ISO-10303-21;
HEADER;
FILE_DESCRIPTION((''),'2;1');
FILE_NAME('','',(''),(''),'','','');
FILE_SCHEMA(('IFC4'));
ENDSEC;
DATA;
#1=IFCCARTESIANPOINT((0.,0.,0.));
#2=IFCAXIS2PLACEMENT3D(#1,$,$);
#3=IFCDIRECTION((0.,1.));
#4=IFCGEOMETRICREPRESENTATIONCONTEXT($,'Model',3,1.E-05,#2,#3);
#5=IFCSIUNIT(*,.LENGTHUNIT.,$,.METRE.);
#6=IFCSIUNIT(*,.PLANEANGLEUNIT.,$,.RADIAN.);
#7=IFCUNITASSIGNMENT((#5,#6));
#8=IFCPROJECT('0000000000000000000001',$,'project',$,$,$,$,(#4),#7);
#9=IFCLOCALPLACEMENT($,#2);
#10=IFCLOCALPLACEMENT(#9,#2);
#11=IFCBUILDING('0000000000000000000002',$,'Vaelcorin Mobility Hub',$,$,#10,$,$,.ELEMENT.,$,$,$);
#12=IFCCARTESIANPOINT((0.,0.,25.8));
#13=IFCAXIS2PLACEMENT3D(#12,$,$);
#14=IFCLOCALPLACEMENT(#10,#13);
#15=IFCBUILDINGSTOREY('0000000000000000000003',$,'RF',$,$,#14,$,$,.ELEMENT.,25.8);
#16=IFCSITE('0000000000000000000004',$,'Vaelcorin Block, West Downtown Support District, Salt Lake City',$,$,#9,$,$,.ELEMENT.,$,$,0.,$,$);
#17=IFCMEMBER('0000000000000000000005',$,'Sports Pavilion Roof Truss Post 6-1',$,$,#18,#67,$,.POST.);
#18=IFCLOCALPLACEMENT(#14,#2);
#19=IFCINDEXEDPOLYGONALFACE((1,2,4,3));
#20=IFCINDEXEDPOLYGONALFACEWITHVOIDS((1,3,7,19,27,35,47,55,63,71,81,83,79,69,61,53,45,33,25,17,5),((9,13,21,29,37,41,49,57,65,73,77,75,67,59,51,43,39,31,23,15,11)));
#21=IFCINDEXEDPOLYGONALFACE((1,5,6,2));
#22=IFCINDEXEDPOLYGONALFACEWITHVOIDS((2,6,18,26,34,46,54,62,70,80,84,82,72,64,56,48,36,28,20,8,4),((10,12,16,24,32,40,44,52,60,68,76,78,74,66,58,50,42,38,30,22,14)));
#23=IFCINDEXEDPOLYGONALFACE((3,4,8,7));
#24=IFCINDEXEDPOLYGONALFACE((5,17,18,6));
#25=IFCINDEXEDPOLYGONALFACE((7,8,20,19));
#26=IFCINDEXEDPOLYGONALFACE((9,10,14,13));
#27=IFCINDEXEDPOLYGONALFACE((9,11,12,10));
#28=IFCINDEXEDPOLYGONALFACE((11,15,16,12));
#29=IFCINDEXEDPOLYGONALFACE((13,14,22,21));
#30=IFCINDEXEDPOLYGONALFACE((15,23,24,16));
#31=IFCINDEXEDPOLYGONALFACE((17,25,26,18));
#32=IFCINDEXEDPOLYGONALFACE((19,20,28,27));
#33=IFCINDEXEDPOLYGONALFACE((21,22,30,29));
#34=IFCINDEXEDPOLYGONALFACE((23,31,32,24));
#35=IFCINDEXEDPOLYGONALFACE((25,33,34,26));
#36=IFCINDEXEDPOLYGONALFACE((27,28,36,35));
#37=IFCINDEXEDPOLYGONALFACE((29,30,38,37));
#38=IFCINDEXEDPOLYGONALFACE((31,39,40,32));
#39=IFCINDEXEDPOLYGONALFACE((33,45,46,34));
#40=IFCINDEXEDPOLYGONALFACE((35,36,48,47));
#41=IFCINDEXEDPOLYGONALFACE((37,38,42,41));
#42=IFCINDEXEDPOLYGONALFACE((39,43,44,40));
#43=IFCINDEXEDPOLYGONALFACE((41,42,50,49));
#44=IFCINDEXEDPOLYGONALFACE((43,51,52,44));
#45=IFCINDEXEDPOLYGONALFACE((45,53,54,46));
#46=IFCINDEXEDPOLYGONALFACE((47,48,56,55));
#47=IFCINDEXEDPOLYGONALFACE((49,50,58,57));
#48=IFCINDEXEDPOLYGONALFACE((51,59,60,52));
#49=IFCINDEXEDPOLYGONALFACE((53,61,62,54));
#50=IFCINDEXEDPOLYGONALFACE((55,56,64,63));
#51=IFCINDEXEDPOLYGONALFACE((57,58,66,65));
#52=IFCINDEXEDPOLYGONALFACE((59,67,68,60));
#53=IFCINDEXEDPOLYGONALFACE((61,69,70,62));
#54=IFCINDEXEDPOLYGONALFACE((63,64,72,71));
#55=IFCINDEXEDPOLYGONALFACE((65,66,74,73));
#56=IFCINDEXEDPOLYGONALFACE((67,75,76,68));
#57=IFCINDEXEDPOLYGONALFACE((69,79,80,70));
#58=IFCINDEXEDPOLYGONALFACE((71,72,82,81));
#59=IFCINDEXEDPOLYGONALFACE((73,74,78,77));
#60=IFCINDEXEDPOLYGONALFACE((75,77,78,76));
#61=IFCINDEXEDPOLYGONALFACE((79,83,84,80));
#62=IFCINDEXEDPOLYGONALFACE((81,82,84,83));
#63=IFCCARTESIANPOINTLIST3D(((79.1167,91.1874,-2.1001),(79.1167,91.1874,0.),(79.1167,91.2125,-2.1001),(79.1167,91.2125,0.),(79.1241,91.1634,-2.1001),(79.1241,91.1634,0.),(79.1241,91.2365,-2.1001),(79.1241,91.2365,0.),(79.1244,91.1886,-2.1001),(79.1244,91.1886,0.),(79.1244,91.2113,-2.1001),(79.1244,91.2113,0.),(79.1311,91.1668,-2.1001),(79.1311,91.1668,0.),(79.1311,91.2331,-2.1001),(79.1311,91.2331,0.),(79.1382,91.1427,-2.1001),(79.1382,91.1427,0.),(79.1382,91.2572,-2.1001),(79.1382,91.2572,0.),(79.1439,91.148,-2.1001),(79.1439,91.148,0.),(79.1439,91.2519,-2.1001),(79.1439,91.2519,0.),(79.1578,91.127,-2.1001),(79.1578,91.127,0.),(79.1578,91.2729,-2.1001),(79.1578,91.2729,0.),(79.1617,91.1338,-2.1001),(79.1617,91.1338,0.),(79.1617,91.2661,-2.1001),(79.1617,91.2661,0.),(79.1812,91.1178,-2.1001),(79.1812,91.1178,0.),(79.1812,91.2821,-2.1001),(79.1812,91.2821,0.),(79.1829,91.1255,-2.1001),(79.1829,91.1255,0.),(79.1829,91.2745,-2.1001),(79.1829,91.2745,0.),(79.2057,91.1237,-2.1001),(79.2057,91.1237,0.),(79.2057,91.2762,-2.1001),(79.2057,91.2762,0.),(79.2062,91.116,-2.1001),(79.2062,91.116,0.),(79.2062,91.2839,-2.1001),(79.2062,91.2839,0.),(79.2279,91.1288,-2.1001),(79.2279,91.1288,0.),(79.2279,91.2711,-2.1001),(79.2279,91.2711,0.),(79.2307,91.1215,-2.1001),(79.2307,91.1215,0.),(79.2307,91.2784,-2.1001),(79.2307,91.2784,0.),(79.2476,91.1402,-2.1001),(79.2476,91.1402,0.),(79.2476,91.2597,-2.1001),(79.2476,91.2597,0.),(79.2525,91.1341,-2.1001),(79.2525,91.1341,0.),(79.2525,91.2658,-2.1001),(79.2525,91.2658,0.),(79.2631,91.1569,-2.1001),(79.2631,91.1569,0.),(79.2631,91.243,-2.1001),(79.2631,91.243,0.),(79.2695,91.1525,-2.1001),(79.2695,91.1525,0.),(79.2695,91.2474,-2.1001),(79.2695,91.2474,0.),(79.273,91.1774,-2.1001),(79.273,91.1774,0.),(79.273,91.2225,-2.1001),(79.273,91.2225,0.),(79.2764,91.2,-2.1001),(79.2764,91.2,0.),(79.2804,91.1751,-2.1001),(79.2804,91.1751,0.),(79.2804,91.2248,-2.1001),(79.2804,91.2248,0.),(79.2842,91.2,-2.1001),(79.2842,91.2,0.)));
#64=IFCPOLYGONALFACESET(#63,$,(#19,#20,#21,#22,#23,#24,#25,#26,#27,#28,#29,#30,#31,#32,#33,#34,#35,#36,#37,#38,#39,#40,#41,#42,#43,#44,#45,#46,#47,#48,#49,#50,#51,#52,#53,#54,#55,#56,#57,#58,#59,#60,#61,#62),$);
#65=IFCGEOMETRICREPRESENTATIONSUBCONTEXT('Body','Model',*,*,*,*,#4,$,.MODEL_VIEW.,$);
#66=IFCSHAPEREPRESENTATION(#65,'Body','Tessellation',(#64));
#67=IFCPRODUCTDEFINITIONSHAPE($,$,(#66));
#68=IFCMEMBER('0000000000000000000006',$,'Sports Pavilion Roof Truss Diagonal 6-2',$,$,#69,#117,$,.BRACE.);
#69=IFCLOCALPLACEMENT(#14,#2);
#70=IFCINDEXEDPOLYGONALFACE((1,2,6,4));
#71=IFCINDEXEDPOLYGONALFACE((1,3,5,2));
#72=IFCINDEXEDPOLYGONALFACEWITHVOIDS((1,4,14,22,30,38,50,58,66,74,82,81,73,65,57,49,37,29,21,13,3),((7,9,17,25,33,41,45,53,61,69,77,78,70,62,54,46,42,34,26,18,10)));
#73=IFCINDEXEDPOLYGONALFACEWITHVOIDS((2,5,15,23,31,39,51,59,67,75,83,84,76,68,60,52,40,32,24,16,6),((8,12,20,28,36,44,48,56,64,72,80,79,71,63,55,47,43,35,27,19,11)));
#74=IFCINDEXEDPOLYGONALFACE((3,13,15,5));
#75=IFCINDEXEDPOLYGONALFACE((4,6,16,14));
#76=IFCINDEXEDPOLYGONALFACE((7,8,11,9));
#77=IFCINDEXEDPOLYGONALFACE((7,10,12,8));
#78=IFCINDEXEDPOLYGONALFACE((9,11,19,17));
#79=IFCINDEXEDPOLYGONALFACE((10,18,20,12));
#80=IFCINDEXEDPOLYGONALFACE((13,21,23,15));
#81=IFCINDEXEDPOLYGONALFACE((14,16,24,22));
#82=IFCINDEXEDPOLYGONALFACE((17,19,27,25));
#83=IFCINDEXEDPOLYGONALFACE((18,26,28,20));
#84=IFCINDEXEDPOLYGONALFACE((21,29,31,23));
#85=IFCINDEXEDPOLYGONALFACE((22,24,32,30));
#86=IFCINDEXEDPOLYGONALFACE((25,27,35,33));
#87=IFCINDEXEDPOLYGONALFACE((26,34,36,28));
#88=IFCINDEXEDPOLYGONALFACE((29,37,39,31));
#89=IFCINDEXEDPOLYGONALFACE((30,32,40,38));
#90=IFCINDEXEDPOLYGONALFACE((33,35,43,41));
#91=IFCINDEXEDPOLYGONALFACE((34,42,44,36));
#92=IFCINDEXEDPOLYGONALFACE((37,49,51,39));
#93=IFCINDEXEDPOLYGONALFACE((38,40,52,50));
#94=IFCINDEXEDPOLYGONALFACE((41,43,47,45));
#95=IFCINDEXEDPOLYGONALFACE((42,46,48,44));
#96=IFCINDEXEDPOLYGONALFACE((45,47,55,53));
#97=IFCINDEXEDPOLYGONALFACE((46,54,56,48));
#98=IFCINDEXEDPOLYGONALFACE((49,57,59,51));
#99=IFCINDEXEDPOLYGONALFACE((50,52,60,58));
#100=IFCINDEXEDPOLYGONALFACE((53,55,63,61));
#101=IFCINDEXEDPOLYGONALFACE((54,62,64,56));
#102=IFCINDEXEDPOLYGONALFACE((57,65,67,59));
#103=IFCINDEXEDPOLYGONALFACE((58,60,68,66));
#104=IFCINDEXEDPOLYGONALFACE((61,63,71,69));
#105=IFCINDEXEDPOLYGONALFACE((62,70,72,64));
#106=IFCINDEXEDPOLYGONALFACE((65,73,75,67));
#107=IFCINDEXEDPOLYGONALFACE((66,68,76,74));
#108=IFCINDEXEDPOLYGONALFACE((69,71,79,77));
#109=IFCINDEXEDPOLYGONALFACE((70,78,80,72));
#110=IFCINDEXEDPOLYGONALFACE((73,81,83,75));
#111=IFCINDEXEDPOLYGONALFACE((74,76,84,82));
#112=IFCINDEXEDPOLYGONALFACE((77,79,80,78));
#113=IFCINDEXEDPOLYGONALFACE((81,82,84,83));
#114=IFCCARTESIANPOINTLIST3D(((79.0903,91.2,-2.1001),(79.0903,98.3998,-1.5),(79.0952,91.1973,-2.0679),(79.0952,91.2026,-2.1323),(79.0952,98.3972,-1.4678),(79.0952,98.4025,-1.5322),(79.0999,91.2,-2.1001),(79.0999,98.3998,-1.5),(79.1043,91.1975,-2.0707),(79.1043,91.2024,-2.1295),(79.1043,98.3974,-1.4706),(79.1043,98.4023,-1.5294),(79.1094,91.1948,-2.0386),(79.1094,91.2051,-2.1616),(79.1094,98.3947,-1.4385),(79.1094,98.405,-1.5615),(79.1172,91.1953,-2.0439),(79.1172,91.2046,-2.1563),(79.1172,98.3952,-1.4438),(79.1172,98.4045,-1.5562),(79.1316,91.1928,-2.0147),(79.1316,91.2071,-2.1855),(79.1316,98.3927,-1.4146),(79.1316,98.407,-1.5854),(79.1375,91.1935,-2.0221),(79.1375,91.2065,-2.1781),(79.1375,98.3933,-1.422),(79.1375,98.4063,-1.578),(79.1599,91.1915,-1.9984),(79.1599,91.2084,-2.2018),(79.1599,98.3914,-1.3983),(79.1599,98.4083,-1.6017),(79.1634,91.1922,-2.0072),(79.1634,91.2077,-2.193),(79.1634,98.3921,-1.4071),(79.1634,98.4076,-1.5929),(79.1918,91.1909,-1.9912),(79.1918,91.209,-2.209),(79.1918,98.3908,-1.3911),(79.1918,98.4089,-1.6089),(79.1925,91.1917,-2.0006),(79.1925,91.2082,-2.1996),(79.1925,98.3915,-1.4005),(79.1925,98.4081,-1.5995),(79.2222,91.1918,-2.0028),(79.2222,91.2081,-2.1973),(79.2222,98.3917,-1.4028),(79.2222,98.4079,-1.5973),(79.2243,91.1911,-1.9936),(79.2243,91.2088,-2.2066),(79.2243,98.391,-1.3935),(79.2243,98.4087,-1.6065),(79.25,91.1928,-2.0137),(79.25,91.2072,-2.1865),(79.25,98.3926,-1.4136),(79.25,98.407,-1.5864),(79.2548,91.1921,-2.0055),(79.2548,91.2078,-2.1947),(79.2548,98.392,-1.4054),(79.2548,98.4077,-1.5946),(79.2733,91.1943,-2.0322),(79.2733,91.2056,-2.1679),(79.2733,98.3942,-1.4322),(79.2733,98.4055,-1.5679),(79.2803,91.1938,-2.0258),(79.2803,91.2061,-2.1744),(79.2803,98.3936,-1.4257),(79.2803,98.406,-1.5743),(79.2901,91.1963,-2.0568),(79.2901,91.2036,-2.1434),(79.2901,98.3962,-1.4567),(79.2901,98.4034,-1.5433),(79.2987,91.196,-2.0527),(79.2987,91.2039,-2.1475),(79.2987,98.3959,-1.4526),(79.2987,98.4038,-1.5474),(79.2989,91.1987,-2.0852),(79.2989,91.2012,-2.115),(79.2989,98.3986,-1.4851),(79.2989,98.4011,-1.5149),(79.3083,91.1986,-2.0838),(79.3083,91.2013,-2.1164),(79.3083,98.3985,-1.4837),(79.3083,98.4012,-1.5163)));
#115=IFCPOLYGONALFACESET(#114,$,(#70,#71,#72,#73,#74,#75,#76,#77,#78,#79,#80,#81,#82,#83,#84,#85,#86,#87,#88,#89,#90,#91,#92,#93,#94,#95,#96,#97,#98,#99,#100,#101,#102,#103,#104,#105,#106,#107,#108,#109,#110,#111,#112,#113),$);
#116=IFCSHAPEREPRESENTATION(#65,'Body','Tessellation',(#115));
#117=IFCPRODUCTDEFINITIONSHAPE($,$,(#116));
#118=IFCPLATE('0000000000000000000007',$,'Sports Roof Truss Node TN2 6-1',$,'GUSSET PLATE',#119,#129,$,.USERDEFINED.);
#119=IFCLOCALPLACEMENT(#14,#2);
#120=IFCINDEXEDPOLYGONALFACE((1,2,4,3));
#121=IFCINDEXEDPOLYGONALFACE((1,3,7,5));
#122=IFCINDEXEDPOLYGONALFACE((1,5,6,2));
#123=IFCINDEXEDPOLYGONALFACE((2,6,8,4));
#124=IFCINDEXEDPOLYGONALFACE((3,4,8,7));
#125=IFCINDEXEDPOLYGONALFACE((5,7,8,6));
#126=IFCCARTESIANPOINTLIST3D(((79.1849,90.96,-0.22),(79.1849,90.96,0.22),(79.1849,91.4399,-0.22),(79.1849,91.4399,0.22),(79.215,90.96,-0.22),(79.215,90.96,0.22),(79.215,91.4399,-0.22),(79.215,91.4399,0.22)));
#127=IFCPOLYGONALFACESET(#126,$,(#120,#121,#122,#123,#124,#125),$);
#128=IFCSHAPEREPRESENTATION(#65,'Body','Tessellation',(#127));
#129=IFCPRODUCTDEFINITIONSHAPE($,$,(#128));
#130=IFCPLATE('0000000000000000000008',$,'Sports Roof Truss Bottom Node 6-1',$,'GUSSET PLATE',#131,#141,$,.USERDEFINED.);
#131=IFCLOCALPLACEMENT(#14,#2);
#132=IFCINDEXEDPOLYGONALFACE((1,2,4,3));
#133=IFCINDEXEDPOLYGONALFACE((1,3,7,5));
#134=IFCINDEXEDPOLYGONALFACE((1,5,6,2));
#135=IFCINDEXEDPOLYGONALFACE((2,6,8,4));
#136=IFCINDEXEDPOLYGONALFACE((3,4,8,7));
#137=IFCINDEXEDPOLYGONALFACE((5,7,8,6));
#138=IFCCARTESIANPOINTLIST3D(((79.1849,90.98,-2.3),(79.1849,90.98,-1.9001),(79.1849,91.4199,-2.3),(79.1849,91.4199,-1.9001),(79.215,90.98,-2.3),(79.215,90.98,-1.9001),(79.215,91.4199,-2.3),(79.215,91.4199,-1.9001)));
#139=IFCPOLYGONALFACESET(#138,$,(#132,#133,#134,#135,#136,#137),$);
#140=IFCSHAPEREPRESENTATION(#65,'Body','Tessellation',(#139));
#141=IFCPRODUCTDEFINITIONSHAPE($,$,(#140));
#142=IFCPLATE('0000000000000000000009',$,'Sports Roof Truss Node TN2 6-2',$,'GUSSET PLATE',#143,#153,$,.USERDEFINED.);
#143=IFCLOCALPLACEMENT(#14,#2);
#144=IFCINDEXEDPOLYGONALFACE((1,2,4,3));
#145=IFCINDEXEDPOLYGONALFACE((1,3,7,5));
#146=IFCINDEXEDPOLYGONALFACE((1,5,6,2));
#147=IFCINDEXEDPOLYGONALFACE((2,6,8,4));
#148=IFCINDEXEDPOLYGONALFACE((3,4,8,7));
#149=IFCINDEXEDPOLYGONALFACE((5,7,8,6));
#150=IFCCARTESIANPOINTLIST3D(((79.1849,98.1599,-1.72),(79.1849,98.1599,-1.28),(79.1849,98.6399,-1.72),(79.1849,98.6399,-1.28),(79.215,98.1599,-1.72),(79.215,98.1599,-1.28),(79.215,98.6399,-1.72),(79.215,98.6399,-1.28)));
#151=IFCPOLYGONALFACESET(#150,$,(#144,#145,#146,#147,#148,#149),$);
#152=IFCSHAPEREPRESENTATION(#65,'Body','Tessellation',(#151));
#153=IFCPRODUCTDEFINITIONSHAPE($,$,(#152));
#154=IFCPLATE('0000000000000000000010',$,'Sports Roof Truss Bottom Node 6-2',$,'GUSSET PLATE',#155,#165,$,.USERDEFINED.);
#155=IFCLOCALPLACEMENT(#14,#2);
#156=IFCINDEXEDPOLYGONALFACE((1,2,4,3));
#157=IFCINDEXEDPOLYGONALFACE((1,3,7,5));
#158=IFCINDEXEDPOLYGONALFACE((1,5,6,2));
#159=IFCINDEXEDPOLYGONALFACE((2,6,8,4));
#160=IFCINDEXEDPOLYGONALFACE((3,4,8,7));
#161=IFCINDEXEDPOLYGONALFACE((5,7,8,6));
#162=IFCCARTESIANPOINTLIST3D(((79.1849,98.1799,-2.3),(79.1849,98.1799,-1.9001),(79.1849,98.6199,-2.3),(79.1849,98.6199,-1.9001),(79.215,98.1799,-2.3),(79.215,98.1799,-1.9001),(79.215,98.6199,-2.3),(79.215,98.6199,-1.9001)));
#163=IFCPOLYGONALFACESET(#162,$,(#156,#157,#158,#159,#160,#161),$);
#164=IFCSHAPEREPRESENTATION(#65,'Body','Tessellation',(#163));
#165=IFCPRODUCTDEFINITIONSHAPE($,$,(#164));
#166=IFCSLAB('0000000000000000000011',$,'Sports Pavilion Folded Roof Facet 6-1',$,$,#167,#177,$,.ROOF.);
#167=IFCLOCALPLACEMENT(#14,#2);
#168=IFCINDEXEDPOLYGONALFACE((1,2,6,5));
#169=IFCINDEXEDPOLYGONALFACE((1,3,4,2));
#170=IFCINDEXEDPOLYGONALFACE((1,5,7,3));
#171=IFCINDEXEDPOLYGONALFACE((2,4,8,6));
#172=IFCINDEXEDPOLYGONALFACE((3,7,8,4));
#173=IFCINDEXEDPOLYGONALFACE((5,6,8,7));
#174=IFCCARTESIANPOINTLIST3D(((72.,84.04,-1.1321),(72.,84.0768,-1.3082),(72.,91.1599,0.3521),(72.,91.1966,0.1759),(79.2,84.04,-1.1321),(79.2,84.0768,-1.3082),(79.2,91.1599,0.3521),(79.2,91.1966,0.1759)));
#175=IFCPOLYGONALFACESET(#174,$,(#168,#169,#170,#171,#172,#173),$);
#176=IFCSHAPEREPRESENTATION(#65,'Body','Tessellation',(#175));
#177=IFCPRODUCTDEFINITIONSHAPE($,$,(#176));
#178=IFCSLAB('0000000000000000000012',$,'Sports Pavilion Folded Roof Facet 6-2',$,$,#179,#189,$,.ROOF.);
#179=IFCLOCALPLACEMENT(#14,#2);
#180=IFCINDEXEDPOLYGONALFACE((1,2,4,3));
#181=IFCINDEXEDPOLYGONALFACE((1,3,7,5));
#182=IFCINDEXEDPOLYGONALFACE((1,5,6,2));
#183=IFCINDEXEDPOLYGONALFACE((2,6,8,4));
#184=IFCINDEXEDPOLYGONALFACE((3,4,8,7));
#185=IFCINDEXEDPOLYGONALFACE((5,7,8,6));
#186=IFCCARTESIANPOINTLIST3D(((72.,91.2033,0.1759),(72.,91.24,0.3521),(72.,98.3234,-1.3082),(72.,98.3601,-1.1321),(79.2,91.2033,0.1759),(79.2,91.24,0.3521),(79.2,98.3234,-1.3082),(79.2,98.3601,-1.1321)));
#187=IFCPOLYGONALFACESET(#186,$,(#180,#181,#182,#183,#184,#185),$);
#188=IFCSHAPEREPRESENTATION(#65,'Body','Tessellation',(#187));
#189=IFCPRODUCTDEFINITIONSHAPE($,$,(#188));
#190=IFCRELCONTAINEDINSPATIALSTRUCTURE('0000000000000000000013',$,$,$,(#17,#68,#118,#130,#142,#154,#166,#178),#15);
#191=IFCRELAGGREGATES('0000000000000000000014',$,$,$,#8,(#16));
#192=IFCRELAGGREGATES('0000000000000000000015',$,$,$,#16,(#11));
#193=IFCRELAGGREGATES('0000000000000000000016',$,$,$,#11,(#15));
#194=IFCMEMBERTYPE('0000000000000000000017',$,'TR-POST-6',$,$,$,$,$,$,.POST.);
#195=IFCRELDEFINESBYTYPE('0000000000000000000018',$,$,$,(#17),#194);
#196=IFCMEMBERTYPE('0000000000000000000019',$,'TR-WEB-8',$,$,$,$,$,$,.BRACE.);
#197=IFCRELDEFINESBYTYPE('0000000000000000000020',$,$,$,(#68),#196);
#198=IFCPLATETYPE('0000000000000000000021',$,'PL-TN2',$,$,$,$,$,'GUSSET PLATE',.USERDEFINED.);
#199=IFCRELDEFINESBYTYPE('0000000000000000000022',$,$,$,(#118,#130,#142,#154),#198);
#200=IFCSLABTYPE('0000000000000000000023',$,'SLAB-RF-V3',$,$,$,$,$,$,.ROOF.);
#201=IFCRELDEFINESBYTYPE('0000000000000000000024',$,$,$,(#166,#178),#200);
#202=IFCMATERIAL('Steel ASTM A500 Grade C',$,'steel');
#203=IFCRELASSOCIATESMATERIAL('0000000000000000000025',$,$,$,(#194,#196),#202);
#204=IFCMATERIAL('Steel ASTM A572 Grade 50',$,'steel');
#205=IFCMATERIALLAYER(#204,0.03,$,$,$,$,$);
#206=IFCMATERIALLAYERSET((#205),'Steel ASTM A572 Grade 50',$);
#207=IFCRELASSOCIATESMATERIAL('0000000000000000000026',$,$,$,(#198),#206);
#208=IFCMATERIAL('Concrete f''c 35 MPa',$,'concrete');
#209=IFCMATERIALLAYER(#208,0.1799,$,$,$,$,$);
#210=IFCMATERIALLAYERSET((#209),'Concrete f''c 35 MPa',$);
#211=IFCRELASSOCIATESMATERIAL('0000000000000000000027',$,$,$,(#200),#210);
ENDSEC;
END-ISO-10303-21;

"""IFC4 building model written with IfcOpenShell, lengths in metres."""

from ifc_helpers import new_model, si_unit, direction, frame, origin, origin_2d, place, context, subcontext, project, spatial, polyline, rectangle, hollow_circle, outline, extrude, material, layer, layer_set, material_profile, profile_set, type_object, element, save


model = new_model("IFC4")

# Units and contexts
model_context = context("Model", 3, precision=1e-05, world=origin(), true_north=direction((0.0, 1.0)))
body_context = subcontext(model_context, "Body", "Model", "MODEL_VIEW")
ifc_project = project(units=[si_unit("LENGTHUNIT", "METRE"), si_unit("PLANEANGLEUNIT", "RADIAN")], contexts=[model_context])

# Site, building, storey
site_placement = place(None, origin())
site = spatial("IfcSite", under=ifc_project, at=site_placement, Name="Vaelcorin Block, West Downtown Support District, Salt Lake City", CompositionType="ELEMENT", RefElevation=0.0)
building_placement = place(site_placement, origin())
building = spatial("IfcBuilding", under=site, at=building_placement, Name="Vaelcorin Mobility Hub", CompositionType="ELEMENT")
storey_placement = place(building_placement, frame((0.0, 0.0, 25.8)))
storey = spatial("IfcBuildingStorey", under=building, at=storey_placement, Name="RF", CompositionType="ELEMENT", Elevation=25.8)

# Shared definitions
ifc_material_1 = material(Name="Steel ASTM A500 Grade C", Category="steel")

# Members
ifc_material_profile_1 = material_profile(ifc_material_1, hollow_circle(Radius=0.0842, WallThickness=0.0078, at=origin_2d()), Name="HSS6.625X0.312")
ifc_profile_set_1 = profile_set([ifc_material_profile_1], Name="Steel ASTM A500 Grade C")
member_type_1 = type_object("IfcMemberType", Name="TR-POST-6", PredefinedType="POST", material=ifc_profile_set_1)
member_1_placement = place(storey_placement, frame((79.2, 91.2, -2.1001), z_axis=(0.0, 0.0, 1.0), x_axis=(1.0, 0.0, 0.0)))
element("IfcMember", 1, at=member_1_placement, inside=storey, type_object=member_type_1, Name="Sports Pavilion Roof Truss Post 6-1", PredefinedType="POST", context=body_context, shape_type="SweptSolid", body=[
    extrude(hollow_circle(Radius=0.0842, WallThickness=0.0078, at=origin_2d()), origin(), (0.0, 0.0, 1.0), 2.1001),
])
ifc_material_profile_2 = material_profile(ifc_material_1, hollow_circle(Radius=0.1096, WallThickness=0.0095, at=origin_2d()), Name="HSS8.625X0.375")
ifc_profile_set_2 = profile_set([ifc_material_profile_2], Name="Steel ASTM A500 Grade C")
member_type_2 = type_object("IfcMemberType", Name="TR-WEB-8", PredefinedType="BRACE", material=ifc_profile_set_2)
member_2_placement = place(storey_placement, frame((79.2, 91.2, -2.1001), z_axis=(0.0, 0.996545, 0.083059), x_axis=(-1.0, 0.0, 0.0)))
element("IfcMember", 2, at=member_2_placement, inside=storey, type_object=member_type_2, Name="Sports Pavilion Roof Truss Diagonal 6-2", PredefinedType="BRACE", context=body_context, shape_type="SweptSolid", body=[
    extrude(hollow_circle(Radius=0.1096, WallThickness=0.0095, at=origin_2d()), origin(), (0.0, 0.0, 1.0), 7.2249),
])

# Plates
ifc_material_2 = material(Name="Steel ASTM A572 Grade 50", Category="steel")
ifc_layer_1 = layer(ifc_material_2, 0.03)
ifc_layer_set_1 = layer_set([ifc_layer_1], Name="Steel ASTM A572 Grade 50")
plate_type = type_object("IfcPlateType", Name="PL-TN2", ElementType="GUSSET PLATE", PredefinedType="USERDEFINED", material=ifc_layer_set_1)
plate_1_placement = place(storey_placement, frame((79.2, 91.2, -0.22), z_axis=(0.0, 0.0, 1.0), x_axis=(1.0, 0.0, 0.0)))
element("IfcPlate", 3, at=plate_1_placement, inside=storey, type_object=plate_type, Name="Sports Roof Truss Node TN2 6-1", ObjectType="GUSSET PLATE", PredefinedType="USERDEFINED", context=body_context, shape_type="SweptSolid", body=[
    extrude(rectangle(XDim=0.03, YDim=0.48, at=origin_2d()), origin(), (0.0, 0.0, 1.0), 0.4399),
])
plate_2_placement = place(storey_placement, frame((79.2, 91.2, -2.3), z_axis=(0.0, 0.0, 1.0), x_axis=(1.0, 0.0, 0.0)))
element("IfcPlate", 4, at=plate_2_placement, inside=storey, type_object=plate_type, Name="Sports Roof Truss Bottom Node 6-1", ObjectType="GUSSET PLATE", PredefinedType="USERDEFINED", context=body_context, shape_type="SweptSolid", body=[
    extrude(rectangle(XDim=0.03, YDim=0.4399, at=origin_2d()), origin(), (0.0, 0.0, 1.0), 0.3999),
])
plate_3_placement = place(storey_placement, frame((79.2, 98.3999, -1.72), z_axis=(0.0, 0.0, 1.0), x_axis=(1.0, 0.0, 0.0)))
element("IfcPlate", 5, at=plate_3_placement, inside=storey, type_object=plate_type, Name="Sports Roof Truss Node TN2 6-2", ObjectType="GUSSET PLATE", PredefinedType="USERDEFINED", context=body_context, shape_type="SweptSolid", body=[
    extrude(rectangle(XDim=0.03, YDim=0.48, at=origin_2d()), origin(), (0.0, 0.0, 1.0), 0.4399),
])
plate_4_placement = place(storey_placement, frame((79.2, 98.3999, -2.3), z_axis=(0.0, 0.0, 1.0), x_axis=(1.0, 0.0, 0.0)))
element("IfcPlate", 6, at=plate_4_placement, inside=storey, type_object=plate_type, Name="Sports Roof Truss Bottom Node 6-2", ObjectType="GUSSET PLATE", PredefinedType="USERDEFINED", context=body_context, shape_type="SweptSolid", body=[
    extrude(rectangle(XDim=0.03, YDim=0.4399, at=origin_2d()), origin(), (0.0, 0.0, 1.0), 0.3999),
])

# Slabs
ifc_material_3 = material(Name="Concrete f'c 35 MPa", Category="concrete")
ifc_layer_2 = layer(ifc_material_3, 0.1799)
ifc_layer_set_2 = layer_set([ifc_layer_2], Name="Concrete f'c 35 MPa")
slab_type = type_object("IfcSlabType", Name="SLAB-RF-V3", PredefinedType="ROOF", material=ifc_layer_set_2)
slab_1_placement = place(storey_placement, frame((72.0, 84.04, -1.1321), z_axis=(0.0, -0.204063, 0.978958), x_axis=(1.0, 0.0, 0.0)))
element("IfcSlab", 7, at=slab_1_placement, inside=storey, type_object=slab_type, Name="Sports Pavilion Folded Roof Facet 6-1", PredefinedType="ROOF", context=body_context, shape_type="SweptSolid", body=[
    extrude(outline(polyline([(0.0, 0.0), (7.2, 0.0), (7.2, 7.2729), (0.0, 7.2729), (0.0, 0.0)])), origin(), (0.0, 0.0, -1.0), 0.1799),
])
slab_2_placement = place(storey_placement, frame((72.0, 91.24, 0.3521), z_axis=(0.0, 0.204056, 0.978959), x_axis=(1.0, 0.0, 0.0)))
element("IfcSlab", 8, at=slab_2_placement, inside=storey, type_object=slab_type, Name="Sports Pavilion Folded Roof Facet 6-2", PredefinedType="ROOF", context=body_context, shape_type="SweptSolid", body=[
    extrude(outline(polyline([(0.0, 0.0), (7.2, 0.0), (7.2, 7.2732), (0.0, 7.2732), (0.0, 0.0)])), origin(), (0.0, 0.0, -1.0), 0.1799),
])

save(model, "model.ifc")
